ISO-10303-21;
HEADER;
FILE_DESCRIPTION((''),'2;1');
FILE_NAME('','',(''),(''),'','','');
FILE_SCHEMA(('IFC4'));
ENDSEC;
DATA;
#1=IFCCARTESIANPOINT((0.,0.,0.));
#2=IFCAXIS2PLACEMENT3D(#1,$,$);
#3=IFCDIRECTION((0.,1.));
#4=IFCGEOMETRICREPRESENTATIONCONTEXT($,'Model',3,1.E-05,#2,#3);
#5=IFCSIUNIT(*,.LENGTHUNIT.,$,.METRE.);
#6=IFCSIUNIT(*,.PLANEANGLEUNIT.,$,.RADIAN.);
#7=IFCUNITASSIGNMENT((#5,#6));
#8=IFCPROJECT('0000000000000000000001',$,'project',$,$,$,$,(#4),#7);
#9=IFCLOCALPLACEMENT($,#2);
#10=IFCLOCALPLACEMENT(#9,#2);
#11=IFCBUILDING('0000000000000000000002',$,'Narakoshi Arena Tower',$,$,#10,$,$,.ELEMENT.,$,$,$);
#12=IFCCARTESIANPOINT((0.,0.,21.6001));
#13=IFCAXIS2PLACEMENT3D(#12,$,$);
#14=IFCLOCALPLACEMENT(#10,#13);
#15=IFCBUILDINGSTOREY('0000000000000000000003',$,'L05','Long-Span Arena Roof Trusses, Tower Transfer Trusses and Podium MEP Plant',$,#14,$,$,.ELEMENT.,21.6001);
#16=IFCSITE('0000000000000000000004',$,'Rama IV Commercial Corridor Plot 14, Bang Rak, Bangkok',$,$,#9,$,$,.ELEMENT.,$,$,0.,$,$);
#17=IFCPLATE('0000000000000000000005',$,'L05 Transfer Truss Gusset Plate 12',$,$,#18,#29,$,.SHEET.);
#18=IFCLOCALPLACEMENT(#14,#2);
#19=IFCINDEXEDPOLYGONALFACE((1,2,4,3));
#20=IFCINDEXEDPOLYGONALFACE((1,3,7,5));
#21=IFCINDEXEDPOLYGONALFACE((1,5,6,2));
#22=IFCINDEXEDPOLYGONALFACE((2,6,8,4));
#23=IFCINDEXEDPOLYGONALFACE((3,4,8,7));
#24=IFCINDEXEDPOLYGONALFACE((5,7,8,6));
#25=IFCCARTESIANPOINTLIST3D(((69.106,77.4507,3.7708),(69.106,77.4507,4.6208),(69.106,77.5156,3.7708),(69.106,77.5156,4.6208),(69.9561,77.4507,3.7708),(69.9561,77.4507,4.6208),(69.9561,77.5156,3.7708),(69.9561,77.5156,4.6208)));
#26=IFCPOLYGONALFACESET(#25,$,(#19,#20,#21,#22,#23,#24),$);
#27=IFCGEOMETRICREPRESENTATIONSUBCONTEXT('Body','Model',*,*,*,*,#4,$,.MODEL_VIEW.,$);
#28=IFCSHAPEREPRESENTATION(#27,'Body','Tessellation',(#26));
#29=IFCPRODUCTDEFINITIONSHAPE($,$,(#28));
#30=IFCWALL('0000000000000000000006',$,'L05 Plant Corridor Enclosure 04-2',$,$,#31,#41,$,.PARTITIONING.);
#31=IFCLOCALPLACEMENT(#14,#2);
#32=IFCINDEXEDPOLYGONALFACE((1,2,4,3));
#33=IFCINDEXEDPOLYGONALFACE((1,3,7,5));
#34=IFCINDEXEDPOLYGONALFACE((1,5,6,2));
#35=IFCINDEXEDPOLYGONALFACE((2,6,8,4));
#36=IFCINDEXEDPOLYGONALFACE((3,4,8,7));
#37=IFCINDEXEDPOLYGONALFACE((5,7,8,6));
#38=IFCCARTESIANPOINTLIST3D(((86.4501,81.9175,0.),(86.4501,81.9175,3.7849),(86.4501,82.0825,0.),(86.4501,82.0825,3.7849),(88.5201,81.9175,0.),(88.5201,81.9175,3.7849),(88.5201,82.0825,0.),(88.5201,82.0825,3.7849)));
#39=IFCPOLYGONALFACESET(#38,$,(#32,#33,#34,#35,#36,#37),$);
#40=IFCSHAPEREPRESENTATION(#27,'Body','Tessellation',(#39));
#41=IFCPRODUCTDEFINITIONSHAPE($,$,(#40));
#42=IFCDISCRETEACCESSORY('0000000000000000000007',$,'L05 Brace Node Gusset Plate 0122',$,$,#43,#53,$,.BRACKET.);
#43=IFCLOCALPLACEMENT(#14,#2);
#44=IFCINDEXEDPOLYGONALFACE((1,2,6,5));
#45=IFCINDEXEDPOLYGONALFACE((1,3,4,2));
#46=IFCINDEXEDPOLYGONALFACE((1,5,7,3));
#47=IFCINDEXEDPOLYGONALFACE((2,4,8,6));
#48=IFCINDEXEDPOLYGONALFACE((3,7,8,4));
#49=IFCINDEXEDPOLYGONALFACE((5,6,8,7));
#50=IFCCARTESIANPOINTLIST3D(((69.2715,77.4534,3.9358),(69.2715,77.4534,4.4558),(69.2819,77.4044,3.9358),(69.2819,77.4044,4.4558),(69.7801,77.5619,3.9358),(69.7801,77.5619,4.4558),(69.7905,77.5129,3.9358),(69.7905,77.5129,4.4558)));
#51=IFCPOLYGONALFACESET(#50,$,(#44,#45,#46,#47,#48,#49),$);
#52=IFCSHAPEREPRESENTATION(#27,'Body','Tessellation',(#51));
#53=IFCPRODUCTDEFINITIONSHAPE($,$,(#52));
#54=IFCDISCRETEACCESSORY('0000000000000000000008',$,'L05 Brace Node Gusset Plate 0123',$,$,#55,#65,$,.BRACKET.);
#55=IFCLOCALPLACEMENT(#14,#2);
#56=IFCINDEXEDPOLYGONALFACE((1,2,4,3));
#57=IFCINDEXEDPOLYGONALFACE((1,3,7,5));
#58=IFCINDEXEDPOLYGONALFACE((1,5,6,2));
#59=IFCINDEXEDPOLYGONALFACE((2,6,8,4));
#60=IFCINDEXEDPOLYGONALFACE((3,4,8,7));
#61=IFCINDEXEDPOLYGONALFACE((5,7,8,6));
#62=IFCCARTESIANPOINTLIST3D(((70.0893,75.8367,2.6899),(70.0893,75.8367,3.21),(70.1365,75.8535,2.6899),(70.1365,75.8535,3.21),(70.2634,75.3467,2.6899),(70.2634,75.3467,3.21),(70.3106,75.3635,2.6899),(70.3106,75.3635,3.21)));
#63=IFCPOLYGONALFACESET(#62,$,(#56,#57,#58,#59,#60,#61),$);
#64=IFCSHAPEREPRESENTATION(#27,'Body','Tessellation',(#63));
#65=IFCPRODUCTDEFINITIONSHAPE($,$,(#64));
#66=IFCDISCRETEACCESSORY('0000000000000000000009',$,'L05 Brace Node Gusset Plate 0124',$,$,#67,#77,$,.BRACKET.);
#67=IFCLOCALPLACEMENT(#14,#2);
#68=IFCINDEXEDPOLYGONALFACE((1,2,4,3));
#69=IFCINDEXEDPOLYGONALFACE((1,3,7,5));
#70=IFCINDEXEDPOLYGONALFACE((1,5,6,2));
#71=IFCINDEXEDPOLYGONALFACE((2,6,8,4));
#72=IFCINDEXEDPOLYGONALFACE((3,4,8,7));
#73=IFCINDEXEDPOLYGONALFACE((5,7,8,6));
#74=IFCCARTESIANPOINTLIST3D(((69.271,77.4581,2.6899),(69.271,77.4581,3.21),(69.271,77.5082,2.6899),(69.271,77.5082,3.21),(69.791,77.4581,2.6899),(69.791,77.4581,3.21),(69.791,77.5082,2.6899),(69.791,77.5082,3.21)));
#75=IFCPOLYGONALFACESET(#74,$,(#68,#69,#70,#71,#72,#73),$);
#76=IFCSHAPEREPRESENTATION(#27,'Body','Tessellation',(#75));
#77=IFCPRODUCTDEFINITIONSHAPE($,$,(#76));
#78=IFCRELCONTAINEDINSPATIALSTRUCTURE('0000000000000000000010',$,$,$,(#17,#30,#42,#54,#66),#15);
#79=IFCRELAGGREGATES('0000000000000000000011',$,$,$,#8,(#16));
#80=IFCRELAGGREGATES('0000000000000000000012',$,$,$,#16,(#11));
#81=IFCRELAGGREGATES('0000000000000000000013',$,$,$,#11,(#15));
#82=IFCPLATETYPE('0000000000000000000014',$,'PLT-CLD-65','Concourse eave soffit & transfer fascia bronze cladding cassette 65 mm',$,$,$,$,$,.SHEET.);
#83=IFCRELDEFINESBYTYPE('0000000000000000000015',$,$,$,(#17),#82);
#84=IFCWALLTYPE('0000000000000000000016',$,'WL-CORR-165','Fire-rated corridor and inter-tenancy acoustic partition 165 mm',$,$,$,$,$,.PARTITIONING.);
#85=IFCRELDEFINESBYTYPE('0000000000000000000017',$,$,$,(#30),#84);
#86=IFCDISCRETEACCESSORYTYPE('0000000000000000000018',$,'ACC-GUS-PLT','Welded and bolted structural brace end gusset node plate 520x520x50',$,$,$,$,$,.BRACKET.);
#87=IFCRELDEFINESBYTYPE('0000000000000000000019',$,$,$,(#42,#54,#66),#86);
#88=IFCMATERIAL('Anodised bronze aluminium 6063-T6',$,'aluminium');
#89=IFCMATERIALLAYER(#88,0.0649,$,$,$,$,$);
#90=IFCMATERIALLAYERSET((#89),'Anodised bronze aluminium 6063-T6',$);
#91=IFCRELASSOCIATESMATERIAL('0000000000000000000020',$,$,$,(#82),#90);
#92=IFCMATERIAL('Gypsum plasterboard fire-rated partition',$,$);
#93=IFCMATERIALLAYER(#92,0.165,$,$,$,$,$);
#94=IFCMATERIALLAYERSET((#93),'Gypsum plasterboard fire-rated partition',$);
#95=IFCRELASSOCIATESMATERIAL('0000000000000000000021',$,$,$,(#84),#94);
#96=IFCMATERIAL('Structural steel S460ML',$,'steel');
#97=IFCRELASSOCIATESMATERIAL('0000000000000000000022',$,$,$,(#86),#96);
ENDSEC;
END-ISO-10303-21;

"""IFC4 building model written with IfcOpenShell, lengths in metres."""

from ifc_helpers import new_model, si_unit, direction, frame, frame_2d, origin, origin_2d, place, context, subcontext, project, spatial, rectangle, extrude, material, layer, layer_set, type_object, element, save


model = new_model("IFC4")

# Units and contexts
model_context = context("Model", 3, precision=1e-05, world=origin(), true_north=direction((0.0, 1.0)))
body_context = subcontext(model_context, "Body", "Model", "MODEL_VIEW")
ifc_project = project(units=[si_unit("LENGTHUNIT", "METRE"), si_unit("PLANEANGLEUNIT", "RADIAN")], contexts=[model_context])

# Site, building, storey
site_placement = place(None, origin())
site = spatial("IfcSite", under=ifc_project, at=site_placement, Name="Rama IV Commercial Corridor Plot 14, Bang Rak, Bangkok", CompositionType="ELEMENT", RefElevation=0.0)
building_placement = place(site_placement, origin())
building = spatial("IfcBuilding", under=site, at=building_placement, Name="Narakoshi Arena Tower", CompositionType="ELEMENT")
storey_placement = place(building_placement, frame((0.0, 0.0, 21.6001)))
storey = spatial("IfcBuildingStorey", under=building, at=storey_placement, Name="L05", Description="Long-Span Arena Roof Trusses, Tower Transfer Trusses and Podium MEP Plant", CompositionType="ELEMENT", Elevation=21.6001)

# Shared definitions
ifc_material_1 = material(Name="Structural steel S460ML", Category="steel")

# Plate
ifc_material_2 = material(Name="Anodised bronze aluminium 6063-T6", Category="aluminium")
ifc_layer_1 = layer(ifc_material_2, 0.0649)
ifc_layer_set_1 = layer_set([ifc_layer_1], Name="Anodised bronze aluminium 6063-T6")
plate_type = type_object("IfcPlateType", Name="PLT-CLD-65", Description="Concourse eave soffit & transfer fascia bronze cladding cassette 65 mm", PredefinedType="SHEET", material=ifc_layer_set_1)
plate_placement = place(storey_placement, frame((69.531, 77.4832, 3.7708), z_axis=(0.0, 0.0, 1.0), x_axis=(1.0, 0.0, 0.0)))
element("IfcPlate", 1, at=plate_placement, inside=storey, type_object=plate_type, Name="L05 Transfer Truss Gusset Plate 12", PredefinedType="SHEET", context=body_context, shape_type="SweptSolid", body=[
    extrude(rectangle(XDim=0.8501, YDim=0.0649, at=origin_2d()), origin(), (0.0, 0.0, 1.0), 0.8501),
])

# Wall
ifc_material_3 = material(Name="Gypsum plasterboard fire-rated partition")
ifc_layer_2 = layer(ifc_material_3, 0.165)
ifc_layer_set_2 = layer_set([ifc_layer_2], Name="Gypsum plasterboard fire-rated partition")
wall_type = type_object("IfcWallType", Name="WL-CORR-165", Description="Fire-rated corridor and inter-tenancy acoustic partition 165 mm", PredefinedType="PARTITIONING", material=ifc_layer_set_2)
wall_placement = place(storey_placement, frame((86.45, 82.0, 0.0), z_axis=(0.0, 0.0, 1.0), x_axis=(1.0, 0.0, 0.0)))
element("IfcWall", 2, at=wall_placement, inside=storey, type_object=wall_type, Name="L05 Plant Corridor Enclosure 04-2", PredefinedType="PARTITIONING", context=body_context, shape_type="SweptSolid", body=[
    extrude(rectangle(XDim=2.0701, YDim=0.165, at=frame_2d((1.0352, 0.0))), origin(), (0.0, 0.0, 1.0), 3.7849),
])

# Discrete accessories
discrete_accessory_type = type_object("IfcDiscreteAccessoryType", Name="ACC-GUS-PLT", Description="Welded and bolted structural brace end gusset node plate 520x520x50", PredefinedType="BRACKET", material=ifc_material_1)
for number, where, z_axis, x_axis, name in (
    (3, (69.531, 77.4832, 3.9358), (0.0, 0.0, 1.0), (0.978002, 0.208595, 0.0), "L05 Brace Node Gusset Plate 0122"),
    (4, (70.2, 75.6001, 2.6899), (0.0, 0.0, 1.0), (-0.334794, 0.942291, 0.0), "L05 Brace Node Gusset Plate 0123"),
    (5, (69.531, 77.4832, 2.6899), (0.0, 0.0, 1.0), (1.0, 0.0, 0.0), "L05 Brace Node Gusset Plate 0124"),
):
    element("IfcDiscreteAccessory", number, at=place(storey_placement, frame(where, z_axis=z_axis, x_axis=x_axis)), inside=storey, type_object=discrete_accessory_type, Name=name, PredefinedType="BRACKET", context=body_context, shape_type="SweptSolid", body=[
        extrude(rectangle(XDim=0.52, YDim=0.05, at=origin_2d()), origin(), (0.0, 0.0, 1.0), 0.52),
    ])

save(model, "model.ifc")
